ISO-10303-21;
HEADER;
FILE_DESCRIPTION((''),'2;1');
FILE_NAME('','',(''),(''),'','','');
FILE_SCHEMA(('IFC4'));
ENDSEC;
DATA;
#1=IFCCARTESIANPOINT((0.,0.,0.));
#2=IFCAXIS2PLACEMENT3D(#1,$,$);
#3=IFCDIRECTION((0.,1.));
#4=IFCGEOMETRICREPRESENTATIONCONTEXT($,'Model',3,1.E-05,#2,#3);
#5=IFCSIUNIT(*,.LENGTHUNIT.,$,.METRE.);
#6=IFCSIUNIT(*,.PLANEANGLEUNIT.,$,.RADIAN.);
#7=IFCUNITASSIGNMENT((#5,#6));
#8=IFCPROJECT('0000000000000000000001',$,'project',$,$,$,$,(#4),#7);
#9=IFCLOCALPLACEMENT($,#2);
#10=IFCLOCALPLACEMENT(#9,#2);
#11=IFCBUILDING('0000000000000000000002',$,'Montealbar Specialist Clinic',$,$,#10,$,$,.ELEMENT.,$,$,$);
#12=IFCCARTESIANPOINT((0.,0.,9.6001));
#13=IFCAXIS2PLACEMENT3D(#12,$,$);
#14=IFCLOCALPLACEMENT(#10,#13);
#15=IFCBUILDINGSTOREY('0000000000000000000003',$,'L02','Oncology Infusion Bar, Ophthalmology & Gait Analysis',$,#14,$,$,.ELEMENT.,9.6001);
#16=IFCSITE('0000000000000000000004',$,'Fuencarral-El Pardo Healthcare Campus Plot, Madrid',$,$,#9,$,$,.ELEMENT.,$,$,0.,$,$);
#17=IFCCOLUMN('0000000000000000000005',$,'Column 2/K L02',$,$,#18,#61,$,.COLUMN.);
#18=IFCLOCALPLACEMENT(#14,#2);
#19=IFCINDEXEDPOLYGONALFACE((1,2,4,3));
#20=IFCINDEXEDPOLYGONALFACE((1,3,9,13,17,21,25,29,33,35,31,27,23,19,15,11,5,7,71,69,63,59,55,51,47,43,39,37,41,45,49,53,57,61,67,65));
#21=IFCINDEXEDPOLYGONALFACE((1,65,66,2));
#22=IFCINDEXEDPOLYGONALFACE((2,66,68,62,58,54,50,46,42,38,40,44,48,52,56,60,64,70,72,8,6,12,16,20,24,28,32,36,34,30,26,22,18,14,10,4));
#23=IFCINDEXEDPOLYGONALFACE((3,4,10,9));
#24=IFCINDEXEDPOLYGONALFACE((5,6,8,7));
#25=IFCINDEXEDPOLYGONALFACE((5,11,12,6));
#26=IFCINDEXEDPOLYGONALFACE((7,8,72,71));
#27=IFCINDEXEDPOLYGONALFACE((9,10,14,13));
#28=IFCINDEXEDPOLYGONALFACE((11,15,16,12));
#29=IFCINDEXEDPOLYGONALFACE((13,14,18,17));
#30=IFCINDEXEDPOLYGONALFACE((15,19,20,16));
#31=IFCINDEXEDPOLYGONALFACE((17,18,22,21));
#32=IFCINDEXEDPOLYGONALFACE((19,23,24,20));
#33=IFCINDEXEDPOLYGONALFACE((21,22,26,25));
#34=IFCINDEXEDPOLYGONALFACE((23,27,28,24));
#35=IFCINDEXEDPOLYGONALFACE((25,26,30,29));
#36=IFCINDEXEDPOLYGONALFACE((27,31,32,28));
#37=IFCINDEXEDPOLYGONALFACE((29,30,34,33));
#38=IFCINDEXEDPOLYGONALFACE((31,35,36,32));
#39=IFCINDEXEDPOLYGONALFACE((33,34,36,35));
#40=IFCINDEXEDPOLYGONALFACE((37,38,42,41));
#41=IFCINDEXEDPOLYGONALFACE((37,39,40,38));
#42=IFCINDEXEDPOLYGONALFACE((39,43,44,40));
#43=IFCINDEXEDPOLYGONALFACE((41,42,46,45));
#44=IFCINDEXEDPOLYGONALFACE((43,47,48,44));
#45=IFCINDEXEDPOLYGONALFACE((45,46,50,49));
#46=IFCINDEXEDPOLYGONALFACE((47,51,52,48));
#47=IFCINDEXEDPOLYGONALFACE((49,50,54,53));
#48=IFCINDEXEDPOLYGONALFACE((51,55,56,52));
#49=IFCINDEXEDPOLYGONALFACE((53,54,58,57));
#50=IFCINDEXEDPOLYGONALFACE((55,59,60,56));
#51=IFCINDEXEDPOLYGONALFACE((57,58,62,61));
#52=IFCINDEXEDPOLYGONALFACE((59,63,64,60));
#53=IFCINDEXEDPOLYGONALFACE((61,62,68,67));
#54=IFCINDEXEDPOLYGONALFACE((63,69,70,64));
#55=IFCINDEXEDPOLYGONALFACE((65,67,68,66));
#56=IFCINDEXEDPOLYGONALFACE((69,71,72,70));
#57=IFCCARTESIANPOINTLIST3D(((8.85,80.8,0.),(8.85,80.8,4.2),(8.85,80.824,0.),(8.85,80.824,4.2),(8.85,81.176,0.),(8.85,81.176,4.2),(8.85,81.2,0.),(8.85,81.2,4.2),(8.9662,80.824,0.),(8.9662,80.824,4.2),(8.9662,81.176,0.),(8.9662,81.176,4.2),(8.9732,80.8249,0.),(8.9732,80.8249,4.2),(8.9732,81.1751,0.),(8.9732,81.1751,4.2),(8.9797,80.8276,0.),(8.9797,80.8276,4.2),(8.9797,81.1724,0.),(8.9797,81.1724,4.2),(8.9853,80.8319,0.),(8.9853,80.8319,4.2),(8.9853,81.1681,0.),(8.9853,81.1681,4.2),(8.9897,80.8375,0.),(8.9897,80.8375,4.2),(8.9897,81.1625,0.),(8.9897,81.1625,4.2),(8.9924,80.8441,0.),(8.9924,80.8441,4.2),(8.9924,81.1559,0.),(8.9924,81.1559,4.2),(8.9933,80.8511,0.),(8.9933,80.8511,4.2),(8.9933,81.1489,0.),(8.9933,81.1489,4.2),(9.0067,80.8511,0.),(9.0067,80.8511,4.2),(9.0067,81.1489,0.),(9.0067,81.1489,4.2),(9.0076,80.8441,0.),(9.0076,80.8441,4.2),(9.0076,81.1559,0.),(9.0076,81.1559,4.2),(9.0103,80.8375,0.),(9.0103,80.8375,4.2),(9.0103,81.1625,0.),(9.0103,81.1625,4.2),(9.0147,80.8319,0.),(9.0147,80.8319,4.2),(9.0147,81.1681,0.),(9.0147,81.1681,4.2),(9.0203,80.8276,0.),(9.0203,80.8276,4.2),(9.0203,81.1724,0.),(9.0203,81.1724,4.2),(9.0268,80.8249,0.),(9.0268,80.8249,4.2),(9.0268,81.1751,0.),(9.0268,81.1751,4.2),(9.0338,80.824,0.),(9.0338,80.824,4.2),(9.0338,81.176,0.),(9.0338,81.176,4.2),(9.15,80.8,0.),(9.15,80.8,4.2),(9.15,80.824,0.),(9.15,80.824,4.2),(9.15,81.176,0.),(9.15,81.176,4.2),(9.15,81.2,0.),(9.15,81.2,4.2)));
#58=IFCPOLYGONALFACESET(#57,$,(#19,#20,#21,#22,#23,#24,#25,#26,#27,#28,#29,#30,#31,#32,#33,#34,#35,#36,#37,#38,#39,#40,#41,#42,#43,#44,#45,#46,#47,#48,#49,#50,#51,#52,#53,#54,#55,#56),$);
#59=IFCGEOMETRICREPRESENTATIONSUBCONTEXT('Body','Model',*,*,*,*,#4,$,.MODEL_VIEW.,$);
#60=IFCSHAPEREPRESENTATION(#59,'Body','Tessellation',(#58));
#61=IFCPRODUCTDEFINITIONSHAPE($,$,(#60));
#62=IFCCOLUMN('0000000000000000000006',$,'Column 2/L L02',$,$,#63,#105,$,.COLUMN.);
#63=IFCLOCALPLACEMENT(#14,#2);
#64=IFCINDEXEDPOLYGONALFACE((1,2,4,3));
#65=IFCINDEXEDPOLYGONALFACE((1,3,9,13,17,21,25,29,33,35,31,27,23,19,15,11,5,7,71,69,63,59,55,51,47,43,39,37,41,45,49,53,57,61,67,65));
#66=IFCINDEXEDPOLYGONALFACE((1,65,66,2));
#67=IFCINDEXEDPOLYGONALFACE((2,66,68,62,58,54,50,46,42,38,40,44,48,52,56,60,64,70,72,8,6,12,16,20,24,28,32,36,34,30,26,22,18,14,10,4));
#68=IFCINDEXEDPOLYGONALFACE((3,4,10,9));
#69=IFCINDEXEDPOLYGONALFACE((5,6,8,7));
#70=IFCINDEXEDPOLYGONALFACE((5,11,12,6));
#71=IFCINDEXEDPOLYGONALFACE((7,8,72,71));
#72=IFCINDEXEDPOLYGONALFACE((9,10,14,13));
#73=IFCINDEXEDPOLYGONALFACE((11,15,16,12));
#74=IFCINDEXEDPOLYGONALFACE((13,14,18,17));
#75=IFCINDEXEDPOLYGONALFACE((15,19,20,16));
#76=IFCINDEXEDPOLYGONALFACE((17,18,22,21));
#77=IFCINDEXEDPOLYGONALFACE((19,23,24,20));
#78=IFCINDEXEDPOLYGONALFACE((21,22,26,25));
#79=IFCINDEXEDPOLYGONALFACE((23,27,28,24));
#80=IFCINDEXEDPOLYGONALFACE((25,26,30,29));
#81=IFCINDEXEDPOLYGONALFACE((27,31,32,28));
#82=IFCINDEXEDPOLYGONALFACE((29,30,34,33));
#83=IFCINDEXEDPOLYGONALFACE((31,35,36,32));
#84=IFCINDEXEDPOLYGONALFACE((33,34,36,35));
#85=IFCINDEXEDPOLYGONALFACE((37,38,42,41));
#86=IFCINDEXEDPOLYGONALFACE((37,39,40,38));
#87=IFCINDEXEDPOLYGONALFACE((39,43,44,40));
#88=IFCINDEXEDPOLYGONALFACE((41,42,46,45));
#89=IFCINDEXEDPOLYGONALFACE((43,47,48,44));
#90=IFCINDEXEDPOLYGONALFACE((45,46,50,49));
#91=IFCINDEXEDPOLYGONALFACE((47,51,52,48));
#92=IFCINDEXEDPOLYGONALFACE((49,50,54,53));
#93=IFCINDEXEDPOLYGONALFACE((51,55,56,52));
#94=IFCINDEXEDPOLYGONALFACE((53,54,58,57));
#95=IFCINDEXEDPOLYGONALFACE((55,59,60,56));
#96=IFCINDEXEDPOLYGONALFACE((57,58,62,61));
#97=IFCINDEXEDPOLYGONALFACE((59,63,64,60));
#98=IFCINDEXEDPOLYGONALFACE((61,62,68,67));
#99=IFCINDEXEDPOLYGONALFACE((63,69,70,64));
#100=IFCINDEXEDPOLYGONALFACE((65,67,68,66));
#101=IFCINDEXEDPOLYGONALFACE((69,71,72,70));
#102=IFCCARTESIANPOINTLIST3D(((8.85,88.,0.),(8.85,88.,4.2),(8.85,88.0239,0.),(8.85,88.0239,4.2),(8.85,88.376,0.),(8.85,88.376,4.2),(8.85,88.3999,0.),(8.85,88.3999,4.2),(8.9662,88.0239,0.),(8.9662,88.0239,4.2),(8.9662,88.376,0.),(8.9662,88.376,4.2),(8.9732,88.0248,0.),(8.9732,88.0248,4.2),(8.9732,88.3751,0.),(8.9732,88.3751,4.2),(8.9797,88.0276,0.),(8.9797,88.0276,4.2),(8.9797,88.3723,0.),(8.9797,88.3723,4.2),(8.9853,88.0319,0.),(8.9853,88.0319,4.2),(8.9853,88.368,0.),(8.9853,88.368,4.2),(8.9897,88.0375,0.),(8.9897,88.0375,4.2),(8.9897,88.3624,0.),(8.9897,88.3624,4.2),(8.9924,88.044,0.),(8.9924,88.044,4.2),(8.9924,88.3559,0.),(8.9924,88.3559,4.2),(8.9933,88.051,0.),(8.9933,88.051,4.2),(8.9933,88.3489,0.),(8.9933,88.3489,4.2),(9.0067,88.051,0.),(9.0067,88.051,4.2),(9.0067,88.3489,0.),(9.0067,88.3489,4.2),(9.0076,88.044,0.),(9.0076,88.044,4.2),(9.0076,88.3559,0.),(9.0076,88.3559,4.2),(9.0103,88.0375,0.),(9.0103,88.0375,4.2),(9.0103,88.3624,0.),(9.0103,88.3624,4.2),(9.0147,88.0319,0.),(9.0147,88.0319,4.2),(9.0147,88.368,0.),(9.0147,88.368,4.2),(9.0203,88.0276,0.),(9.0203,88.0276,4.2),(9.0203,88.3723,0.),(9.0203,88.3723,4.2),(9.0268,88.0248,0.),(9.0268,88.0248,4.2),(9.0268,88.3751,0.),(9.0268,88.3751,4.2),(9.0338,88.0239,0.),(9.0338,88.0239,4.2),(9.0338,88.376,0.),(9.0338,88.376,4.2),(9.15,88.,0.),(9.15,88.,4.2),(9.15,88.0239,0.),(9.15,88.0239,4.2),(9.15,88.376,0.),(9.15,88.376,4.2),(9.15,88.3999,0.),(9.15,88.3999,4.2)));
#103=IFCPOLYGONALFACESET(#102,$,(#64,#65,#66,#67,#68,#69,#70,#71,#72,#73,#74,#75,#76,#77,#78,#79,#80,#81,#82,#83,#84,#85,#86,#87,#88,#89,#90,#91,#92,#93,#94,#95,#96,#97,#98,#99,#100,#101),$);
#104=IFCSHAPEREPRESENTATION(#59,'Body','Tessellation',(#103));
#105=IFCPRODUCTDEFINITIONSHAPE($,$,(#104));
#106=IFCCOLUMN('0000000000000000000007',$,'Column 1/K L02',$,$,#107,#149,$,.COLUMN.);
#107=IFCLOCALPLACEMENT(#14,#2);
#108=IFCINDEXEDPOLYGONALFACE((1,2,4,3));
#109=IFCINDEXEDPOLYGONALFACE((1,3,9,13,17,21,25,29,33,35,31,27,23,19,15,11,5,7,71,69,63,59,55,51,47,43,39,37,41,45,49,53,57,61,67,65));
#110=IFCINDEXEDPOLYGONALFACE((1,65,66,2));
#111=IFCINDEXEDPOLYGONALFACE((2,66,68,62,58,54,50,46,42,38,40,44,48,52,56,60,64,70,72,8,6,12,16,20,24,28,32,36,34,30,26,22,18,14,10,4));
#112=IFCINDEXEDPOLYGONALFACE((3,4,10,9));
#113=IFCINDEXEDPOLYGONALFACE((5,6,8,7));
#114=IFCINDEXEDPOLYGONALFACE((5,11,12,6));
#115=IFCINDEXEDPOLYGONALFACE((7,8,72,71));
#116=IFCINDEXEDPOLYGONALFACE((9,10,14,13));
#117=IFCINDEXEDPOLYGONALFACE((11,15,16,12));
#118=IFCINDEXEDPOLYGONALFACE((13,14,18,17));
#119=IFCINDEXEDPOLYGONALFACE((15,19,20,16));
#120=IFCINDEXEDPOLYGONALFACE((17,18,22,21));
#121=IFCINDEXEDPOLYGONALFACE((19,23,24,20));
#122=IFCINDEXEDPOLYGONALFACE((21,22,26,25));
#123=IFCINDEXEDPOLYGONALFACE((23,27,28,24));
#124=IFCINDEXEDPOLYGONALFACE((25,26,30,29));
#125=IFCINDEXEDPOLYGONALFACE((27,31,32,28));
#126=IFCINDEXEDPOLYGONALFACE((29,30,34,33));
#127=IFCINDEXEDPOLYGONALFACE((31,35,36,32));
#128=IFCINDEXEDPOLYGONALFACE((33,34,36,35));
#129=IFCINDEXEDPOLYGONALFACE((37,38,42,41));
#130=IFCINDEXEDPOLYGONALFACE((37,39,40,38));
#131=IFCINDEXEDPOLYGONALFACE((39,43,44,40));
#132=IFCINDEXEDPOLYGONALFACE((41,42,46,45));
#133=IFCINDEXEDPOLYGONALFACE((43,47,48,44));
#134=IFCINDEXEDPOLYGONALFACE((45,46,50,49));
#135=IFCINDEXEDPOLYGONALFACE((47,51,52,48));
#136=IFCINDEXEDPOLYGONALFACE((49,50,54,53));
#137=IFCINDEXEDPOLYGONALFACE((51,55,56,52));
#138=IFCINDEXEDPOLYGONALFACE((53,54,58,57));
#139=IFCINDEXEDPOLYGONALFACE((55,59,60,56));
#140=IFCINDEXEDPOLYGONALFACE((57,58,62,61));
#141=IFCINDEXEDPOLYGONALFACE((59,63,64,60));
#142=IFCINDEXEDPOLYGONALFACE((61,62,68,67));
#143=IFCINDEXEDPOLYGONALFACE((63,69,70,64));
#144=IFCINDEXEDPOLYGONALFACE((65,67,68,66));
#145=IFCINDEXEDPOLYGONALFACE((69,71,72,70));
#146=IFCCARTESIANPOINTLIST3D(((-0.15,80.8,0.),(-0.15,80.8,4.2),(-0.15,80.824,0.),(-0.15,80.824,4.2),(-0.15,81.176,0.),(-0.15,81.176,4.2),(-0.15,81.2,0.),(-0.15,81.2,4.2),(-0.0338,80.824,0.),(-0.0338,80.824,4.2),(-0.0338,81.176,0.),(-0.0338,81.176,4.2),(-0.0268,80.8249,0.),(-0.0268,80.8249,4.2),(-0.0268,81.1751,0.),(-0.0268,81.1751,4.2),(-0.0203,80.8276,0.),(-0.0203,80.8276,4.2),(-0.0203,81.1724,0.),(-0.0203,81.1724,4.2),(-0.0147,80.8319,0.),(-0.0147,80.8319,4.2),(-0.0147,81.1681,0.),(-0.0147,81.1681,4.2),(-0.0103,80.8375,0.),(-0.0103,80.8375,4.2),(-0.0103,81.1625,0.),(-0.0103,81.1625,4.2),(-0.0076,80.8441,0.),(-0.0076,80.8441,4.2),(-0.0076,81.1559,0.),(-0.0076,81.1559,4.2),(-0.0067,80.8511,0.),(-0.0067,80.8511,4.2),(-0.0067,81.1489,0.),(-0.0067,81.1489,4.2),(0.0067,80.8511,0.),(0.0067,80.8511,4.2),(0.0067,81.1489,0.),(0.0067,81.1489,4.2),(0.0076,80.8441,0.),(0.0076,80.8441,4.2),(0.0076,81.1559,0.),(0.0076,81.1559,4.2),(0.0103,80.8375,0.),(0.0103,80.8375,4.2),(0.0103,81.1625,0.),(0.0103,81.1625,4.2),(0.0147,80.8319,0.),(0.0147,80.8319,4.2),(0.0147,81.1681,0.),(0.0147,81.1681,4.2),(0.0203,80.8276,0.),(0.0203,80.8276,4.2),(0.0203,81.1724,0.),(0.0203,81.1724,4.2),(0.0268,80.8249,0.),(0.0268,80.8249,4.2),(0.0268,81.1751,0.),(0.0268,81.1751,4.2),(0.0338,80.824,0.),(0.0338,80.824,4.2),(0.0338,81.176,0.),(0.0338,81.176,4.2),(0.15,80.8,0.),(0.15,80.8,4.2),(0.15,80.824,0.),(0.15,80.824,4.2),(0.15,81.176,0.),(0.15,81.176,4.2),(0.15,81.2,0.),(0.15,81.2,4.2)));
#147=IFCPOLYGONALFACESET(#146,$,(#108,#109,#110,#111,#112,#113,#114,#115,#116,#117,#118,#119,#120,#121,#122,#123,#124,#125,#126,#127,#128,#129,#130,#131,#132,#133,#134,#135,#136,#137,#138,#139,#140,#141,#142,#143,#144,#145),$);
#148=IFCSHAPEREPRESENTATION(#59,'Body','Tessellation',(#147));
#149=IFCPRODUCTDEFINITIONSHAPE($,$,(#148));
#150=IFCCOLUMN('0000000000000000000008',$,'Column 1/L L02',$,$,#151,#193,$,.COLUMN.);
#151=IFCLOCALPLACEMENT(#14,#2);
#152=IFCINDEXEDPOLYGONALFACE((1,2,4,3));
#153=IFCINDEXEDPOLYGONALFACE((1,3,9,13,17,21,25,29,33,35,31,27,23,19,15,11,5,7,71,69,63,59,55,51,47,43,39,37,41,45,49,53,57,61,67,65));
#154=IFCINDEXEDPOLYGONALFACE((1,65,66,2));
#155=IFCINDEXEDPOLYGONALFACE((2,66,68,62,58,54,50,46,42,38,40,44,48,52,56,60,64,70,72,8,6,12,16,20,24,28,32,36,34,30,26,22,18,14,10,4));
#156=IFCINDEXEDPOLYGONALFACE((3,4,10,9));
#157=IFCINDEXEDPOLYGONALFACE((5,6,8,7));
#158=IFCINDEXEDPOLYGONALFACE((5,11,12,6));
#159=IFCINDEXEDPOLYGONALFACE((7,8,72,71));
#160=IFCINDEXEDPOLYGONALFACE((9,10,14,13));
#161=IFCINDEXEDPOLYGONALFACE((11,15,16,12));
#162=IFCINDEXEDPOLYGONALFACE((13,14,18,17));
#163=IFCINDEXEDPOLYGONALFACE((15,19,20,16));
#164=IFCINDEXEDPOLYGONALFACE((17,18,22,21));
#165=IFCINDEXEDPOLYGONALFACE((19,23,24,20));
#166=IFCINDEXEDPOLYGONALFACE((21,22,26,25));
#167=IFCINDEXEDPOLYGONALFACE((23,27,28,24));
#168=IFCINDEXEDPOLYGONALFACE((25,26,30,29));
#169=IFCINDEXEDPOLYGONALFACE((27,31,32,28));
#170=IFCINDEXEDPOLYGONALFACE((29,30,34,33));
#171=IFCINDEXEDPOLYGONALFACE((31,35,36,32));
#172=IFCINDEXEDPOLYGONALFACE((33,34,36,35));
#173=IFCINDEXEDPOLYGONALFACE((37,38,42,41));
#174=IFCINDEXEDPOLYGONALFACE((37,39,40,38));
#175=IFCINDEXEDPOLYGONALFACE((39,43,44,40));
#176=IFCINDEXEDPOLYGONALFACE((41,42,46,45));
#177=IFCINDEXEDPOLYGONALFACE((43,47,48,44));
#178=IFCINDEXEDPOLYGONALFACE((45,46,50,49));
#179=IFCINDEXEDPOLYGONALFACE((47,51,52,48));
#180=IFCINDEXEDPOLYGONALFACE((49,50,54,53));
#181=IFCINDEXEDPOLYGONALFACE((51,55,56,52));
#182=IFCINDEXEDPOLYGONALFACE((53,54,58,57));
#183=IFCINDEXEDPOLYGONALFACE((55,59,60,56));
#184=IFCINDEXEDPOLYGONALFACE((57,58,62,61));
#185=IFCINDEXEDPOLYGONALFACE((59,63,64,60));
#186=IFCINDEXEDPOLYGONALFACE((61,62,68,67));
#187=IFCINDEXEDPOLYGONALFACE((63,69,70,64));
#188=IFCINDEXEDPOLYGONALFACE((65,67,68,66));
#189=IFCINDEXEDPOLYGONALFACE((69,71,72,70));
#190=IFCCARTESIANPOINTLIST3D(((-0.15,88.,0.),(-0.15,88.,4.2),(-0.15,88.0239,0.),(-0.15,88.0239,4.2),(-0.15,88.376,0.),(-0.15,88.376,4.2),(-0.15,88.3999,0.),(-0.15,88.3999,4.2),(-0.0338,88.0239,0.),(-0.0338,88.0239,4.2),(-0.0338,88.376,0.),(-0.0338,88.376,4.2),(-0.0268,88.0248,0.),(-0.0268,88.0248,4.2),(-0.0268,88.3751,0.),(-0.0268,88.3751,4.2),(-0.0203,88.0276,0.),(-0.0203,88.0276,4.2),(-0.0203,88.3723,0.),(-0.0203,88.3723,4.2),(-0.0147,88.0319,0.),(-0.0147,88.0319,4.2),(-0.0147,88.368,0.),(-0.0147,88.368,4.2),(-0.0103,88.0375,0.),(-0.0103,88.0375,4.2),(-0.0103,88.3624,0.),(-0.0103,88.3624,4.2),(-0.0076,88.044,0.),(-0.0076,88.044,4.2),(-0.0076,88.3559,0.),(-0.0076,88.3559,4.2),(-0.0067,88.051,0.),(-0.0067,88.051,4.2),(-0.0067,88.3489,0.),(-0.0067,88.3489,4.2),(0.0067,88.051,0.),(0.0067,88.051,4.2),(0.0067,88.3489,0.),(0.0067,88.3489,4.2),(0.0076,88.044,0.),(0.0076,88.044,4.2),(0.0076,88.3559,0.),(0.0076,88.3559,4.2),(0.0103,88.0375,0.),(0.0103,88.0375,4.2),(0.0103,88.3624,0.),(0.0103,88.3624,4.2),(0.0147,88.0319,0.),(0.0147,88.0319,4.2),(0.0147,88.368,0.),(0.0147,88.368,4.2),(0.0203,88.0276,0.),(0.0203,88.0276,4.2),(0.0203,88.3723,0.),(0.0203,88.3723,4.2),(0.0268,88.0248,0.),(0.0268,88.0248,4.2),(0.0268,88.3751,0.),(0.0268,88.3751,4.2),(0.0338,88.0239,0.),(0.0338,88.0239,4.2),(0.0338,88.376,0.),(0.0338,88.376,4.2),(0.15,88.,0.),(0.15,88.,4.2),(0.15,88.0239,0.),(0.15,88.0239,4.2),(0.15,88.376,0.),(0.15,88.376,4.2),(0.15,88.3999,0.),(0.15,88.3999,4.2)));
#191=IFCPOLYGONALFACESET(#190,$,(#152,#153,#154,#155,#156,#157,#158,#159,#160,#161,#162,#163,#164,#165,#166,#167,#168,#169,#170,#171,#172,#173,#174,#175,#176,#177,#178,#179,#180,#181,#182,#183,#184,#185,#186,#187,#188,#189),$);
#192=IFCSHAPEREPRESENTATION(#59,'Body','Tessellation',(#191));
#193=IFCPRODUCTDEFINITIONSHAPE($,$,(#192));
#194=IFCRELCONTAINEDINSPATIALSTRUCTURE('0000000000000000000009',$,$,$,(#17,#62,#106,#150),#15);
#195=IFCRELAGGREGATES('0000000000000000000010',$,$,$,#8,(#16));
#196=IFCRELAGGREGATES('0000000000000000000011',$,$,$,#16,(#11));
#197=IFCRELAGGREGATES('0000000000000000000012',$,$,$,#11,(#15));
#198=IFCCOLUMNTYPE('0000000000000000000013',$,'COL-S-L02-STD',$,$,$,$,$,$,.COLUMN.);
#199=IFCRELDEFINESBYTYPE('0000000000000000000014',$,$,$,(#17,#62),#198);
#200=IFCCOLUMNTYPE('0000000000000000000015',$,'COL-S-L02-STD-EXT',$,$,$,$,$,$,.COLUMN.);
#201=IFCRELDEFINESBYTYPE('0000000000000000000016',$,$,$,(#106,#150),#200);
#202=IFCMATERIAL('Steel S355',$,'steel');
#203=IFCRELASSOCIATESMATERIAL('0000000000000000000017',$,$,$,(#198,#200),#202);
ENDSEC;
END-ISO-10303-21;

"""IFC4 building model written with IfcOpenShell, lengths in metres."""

from ifc_helpers import new_model, si_unit, direction, frame, origin, origin_2d, place, context, subcontext, project, spatial, i_section, extrude, material, material_profile, profile_set, type_object, element, save


model = new_model("IFC4")

# Units and contexts
model_context = context("Model", 3, precision=1e-05, world=origin(), true_north=direction((0.0, 1.0)))
body_context = subcontext(model_context, "Body", "Model", "MODEL_VIEW")
ifc_project = project(units=[si_unit("LENGTHUNIT", "METRE"), si_unit("PLANEANGLEUNIT", "RADIAN")], contexts=[model_context])

# Site, building, storey
site_placement = place(None, origin())
site = spatial("IfcSite", under=ifc_project, at=site_placement, Name="Fuencarral-El Pardo Healthcare Campus Plot, Madrid", CompositionType="ELEMENT", RefElevation=0.0)
building_placement = place(site_placement, origin())
building = spatial("IfcBuilding", under=site, at=building_placement, Name="Montealbar Specialist Clinic", CompositionType="ELEMENT")
storey_placement = place(building_placement, frame((0.0, 0.0, 9.6001)))
storey = spatial("IfcBuildingStorey", under=building, at=storey_placement, Name="L02", Description="Oncology Infusion Bar, Ophthalmology & Gait Analysis", CompositionType="ELEMENT", Elevation=9.6001)

# Columns
ifc_material_1 = material(Name="Steel S355", Category="steel")
ifc_material_profile_1 = material_profile(ifc_material_1, i_section(OverallWidth=0.3, OverallDepth=0.3999, WebThickness=0.0134, FlangeThickness=0.0239, FilletRadius=0.0271, at=origin_2d()), Name="HEB 400", Category="steel")
ifc_profile_set_1 = profile_set([ifc_material_profile_1], Name="Steel S355")
column_type_1 = type_object("IfcColumnType", Name="COL-S-L02-STD", PredefinedType="COLUMN", material=ifc_profile_set_1)
for number, where, z_axis, x_axis, name in (
    (1, (9.0, 81.0, 0.0), (0.0, 0.0, 1.0), (1.0, 0.0, 0.0), "Column 2/K L02"),
    (2, (9.0, 88.2, 0.0), (0.0, 0.0, 1.0), (1.0, 0.0, 0.0), "Column 2/L L02"),
):
    element("IfcColumn", number, at=place(storey_placement, frame(where, z_axis=z_axis, x_axis=x_axis)), inside=storey, type_object=column_type_1, Name=name, PredefinedType="COLUMN", context=body_context, shape_type="SweptSolid", body=[
        extrude(i_section(OverallWidth=0.3, OverallDepth=0.3999, WebThickness=0.0134, FlangeThickness=0.0239, FilletRadius=0.0271, at=origin_2d()), origin(), (0.0, 0.0, 1.0), 4.2),
    ])
ifc_material_profile_2 = material_profile(ifc_material_1, i_section(OverallWidth=0.3, OverallDepth=0.3999, WebThickness=0.0134, FlangeThickness=0.0239, FilletRadius=0.0271, at=origin_2d()), Name="HEB 400", Category="steel")
ifc_profile_set_2 = profile_set([ifc_material_profile_2], Name="Steel S355")
column_type_2 = type_object("IfcColumnType", Name="COL-S-L02-STD-EXT", PredefinedType="COLUMN", material=ifc_profile_set_2)
for number, where, z_axis, x_axis, name in (
    (3, (0.0, 81.0, 0.0), (0.0, 0.0, 1.0), (1.0, 0.0, 0.0), "Column 1/K L02"),
    (4, (0.0, 88.2, 0.0), (0.0, 0.0, 1.0), (1.0, 0.0, 0.0), "Column 1/L L02"),
):
    element("IfcColumn", number, at=place(storey_placement, frame(where, z_axis=z_axis, x_axis=x_axis)), inside=storey, type_object=column_type_2, Name=name, PredefinedType="COLUMN", context=body_context, shape_type="SweptSolid", body=[
        extrude(i_section(OverallWidth=0.3, OverallDepth=0.3999, WebThickness=0.0134, FlangeThickness=0.0239, FilletRadius=0.0271, at=origin_2d()), origin(), (0.0, 0.0, 1.0), 4.2),
    ])

save(model, "model.ifc")
